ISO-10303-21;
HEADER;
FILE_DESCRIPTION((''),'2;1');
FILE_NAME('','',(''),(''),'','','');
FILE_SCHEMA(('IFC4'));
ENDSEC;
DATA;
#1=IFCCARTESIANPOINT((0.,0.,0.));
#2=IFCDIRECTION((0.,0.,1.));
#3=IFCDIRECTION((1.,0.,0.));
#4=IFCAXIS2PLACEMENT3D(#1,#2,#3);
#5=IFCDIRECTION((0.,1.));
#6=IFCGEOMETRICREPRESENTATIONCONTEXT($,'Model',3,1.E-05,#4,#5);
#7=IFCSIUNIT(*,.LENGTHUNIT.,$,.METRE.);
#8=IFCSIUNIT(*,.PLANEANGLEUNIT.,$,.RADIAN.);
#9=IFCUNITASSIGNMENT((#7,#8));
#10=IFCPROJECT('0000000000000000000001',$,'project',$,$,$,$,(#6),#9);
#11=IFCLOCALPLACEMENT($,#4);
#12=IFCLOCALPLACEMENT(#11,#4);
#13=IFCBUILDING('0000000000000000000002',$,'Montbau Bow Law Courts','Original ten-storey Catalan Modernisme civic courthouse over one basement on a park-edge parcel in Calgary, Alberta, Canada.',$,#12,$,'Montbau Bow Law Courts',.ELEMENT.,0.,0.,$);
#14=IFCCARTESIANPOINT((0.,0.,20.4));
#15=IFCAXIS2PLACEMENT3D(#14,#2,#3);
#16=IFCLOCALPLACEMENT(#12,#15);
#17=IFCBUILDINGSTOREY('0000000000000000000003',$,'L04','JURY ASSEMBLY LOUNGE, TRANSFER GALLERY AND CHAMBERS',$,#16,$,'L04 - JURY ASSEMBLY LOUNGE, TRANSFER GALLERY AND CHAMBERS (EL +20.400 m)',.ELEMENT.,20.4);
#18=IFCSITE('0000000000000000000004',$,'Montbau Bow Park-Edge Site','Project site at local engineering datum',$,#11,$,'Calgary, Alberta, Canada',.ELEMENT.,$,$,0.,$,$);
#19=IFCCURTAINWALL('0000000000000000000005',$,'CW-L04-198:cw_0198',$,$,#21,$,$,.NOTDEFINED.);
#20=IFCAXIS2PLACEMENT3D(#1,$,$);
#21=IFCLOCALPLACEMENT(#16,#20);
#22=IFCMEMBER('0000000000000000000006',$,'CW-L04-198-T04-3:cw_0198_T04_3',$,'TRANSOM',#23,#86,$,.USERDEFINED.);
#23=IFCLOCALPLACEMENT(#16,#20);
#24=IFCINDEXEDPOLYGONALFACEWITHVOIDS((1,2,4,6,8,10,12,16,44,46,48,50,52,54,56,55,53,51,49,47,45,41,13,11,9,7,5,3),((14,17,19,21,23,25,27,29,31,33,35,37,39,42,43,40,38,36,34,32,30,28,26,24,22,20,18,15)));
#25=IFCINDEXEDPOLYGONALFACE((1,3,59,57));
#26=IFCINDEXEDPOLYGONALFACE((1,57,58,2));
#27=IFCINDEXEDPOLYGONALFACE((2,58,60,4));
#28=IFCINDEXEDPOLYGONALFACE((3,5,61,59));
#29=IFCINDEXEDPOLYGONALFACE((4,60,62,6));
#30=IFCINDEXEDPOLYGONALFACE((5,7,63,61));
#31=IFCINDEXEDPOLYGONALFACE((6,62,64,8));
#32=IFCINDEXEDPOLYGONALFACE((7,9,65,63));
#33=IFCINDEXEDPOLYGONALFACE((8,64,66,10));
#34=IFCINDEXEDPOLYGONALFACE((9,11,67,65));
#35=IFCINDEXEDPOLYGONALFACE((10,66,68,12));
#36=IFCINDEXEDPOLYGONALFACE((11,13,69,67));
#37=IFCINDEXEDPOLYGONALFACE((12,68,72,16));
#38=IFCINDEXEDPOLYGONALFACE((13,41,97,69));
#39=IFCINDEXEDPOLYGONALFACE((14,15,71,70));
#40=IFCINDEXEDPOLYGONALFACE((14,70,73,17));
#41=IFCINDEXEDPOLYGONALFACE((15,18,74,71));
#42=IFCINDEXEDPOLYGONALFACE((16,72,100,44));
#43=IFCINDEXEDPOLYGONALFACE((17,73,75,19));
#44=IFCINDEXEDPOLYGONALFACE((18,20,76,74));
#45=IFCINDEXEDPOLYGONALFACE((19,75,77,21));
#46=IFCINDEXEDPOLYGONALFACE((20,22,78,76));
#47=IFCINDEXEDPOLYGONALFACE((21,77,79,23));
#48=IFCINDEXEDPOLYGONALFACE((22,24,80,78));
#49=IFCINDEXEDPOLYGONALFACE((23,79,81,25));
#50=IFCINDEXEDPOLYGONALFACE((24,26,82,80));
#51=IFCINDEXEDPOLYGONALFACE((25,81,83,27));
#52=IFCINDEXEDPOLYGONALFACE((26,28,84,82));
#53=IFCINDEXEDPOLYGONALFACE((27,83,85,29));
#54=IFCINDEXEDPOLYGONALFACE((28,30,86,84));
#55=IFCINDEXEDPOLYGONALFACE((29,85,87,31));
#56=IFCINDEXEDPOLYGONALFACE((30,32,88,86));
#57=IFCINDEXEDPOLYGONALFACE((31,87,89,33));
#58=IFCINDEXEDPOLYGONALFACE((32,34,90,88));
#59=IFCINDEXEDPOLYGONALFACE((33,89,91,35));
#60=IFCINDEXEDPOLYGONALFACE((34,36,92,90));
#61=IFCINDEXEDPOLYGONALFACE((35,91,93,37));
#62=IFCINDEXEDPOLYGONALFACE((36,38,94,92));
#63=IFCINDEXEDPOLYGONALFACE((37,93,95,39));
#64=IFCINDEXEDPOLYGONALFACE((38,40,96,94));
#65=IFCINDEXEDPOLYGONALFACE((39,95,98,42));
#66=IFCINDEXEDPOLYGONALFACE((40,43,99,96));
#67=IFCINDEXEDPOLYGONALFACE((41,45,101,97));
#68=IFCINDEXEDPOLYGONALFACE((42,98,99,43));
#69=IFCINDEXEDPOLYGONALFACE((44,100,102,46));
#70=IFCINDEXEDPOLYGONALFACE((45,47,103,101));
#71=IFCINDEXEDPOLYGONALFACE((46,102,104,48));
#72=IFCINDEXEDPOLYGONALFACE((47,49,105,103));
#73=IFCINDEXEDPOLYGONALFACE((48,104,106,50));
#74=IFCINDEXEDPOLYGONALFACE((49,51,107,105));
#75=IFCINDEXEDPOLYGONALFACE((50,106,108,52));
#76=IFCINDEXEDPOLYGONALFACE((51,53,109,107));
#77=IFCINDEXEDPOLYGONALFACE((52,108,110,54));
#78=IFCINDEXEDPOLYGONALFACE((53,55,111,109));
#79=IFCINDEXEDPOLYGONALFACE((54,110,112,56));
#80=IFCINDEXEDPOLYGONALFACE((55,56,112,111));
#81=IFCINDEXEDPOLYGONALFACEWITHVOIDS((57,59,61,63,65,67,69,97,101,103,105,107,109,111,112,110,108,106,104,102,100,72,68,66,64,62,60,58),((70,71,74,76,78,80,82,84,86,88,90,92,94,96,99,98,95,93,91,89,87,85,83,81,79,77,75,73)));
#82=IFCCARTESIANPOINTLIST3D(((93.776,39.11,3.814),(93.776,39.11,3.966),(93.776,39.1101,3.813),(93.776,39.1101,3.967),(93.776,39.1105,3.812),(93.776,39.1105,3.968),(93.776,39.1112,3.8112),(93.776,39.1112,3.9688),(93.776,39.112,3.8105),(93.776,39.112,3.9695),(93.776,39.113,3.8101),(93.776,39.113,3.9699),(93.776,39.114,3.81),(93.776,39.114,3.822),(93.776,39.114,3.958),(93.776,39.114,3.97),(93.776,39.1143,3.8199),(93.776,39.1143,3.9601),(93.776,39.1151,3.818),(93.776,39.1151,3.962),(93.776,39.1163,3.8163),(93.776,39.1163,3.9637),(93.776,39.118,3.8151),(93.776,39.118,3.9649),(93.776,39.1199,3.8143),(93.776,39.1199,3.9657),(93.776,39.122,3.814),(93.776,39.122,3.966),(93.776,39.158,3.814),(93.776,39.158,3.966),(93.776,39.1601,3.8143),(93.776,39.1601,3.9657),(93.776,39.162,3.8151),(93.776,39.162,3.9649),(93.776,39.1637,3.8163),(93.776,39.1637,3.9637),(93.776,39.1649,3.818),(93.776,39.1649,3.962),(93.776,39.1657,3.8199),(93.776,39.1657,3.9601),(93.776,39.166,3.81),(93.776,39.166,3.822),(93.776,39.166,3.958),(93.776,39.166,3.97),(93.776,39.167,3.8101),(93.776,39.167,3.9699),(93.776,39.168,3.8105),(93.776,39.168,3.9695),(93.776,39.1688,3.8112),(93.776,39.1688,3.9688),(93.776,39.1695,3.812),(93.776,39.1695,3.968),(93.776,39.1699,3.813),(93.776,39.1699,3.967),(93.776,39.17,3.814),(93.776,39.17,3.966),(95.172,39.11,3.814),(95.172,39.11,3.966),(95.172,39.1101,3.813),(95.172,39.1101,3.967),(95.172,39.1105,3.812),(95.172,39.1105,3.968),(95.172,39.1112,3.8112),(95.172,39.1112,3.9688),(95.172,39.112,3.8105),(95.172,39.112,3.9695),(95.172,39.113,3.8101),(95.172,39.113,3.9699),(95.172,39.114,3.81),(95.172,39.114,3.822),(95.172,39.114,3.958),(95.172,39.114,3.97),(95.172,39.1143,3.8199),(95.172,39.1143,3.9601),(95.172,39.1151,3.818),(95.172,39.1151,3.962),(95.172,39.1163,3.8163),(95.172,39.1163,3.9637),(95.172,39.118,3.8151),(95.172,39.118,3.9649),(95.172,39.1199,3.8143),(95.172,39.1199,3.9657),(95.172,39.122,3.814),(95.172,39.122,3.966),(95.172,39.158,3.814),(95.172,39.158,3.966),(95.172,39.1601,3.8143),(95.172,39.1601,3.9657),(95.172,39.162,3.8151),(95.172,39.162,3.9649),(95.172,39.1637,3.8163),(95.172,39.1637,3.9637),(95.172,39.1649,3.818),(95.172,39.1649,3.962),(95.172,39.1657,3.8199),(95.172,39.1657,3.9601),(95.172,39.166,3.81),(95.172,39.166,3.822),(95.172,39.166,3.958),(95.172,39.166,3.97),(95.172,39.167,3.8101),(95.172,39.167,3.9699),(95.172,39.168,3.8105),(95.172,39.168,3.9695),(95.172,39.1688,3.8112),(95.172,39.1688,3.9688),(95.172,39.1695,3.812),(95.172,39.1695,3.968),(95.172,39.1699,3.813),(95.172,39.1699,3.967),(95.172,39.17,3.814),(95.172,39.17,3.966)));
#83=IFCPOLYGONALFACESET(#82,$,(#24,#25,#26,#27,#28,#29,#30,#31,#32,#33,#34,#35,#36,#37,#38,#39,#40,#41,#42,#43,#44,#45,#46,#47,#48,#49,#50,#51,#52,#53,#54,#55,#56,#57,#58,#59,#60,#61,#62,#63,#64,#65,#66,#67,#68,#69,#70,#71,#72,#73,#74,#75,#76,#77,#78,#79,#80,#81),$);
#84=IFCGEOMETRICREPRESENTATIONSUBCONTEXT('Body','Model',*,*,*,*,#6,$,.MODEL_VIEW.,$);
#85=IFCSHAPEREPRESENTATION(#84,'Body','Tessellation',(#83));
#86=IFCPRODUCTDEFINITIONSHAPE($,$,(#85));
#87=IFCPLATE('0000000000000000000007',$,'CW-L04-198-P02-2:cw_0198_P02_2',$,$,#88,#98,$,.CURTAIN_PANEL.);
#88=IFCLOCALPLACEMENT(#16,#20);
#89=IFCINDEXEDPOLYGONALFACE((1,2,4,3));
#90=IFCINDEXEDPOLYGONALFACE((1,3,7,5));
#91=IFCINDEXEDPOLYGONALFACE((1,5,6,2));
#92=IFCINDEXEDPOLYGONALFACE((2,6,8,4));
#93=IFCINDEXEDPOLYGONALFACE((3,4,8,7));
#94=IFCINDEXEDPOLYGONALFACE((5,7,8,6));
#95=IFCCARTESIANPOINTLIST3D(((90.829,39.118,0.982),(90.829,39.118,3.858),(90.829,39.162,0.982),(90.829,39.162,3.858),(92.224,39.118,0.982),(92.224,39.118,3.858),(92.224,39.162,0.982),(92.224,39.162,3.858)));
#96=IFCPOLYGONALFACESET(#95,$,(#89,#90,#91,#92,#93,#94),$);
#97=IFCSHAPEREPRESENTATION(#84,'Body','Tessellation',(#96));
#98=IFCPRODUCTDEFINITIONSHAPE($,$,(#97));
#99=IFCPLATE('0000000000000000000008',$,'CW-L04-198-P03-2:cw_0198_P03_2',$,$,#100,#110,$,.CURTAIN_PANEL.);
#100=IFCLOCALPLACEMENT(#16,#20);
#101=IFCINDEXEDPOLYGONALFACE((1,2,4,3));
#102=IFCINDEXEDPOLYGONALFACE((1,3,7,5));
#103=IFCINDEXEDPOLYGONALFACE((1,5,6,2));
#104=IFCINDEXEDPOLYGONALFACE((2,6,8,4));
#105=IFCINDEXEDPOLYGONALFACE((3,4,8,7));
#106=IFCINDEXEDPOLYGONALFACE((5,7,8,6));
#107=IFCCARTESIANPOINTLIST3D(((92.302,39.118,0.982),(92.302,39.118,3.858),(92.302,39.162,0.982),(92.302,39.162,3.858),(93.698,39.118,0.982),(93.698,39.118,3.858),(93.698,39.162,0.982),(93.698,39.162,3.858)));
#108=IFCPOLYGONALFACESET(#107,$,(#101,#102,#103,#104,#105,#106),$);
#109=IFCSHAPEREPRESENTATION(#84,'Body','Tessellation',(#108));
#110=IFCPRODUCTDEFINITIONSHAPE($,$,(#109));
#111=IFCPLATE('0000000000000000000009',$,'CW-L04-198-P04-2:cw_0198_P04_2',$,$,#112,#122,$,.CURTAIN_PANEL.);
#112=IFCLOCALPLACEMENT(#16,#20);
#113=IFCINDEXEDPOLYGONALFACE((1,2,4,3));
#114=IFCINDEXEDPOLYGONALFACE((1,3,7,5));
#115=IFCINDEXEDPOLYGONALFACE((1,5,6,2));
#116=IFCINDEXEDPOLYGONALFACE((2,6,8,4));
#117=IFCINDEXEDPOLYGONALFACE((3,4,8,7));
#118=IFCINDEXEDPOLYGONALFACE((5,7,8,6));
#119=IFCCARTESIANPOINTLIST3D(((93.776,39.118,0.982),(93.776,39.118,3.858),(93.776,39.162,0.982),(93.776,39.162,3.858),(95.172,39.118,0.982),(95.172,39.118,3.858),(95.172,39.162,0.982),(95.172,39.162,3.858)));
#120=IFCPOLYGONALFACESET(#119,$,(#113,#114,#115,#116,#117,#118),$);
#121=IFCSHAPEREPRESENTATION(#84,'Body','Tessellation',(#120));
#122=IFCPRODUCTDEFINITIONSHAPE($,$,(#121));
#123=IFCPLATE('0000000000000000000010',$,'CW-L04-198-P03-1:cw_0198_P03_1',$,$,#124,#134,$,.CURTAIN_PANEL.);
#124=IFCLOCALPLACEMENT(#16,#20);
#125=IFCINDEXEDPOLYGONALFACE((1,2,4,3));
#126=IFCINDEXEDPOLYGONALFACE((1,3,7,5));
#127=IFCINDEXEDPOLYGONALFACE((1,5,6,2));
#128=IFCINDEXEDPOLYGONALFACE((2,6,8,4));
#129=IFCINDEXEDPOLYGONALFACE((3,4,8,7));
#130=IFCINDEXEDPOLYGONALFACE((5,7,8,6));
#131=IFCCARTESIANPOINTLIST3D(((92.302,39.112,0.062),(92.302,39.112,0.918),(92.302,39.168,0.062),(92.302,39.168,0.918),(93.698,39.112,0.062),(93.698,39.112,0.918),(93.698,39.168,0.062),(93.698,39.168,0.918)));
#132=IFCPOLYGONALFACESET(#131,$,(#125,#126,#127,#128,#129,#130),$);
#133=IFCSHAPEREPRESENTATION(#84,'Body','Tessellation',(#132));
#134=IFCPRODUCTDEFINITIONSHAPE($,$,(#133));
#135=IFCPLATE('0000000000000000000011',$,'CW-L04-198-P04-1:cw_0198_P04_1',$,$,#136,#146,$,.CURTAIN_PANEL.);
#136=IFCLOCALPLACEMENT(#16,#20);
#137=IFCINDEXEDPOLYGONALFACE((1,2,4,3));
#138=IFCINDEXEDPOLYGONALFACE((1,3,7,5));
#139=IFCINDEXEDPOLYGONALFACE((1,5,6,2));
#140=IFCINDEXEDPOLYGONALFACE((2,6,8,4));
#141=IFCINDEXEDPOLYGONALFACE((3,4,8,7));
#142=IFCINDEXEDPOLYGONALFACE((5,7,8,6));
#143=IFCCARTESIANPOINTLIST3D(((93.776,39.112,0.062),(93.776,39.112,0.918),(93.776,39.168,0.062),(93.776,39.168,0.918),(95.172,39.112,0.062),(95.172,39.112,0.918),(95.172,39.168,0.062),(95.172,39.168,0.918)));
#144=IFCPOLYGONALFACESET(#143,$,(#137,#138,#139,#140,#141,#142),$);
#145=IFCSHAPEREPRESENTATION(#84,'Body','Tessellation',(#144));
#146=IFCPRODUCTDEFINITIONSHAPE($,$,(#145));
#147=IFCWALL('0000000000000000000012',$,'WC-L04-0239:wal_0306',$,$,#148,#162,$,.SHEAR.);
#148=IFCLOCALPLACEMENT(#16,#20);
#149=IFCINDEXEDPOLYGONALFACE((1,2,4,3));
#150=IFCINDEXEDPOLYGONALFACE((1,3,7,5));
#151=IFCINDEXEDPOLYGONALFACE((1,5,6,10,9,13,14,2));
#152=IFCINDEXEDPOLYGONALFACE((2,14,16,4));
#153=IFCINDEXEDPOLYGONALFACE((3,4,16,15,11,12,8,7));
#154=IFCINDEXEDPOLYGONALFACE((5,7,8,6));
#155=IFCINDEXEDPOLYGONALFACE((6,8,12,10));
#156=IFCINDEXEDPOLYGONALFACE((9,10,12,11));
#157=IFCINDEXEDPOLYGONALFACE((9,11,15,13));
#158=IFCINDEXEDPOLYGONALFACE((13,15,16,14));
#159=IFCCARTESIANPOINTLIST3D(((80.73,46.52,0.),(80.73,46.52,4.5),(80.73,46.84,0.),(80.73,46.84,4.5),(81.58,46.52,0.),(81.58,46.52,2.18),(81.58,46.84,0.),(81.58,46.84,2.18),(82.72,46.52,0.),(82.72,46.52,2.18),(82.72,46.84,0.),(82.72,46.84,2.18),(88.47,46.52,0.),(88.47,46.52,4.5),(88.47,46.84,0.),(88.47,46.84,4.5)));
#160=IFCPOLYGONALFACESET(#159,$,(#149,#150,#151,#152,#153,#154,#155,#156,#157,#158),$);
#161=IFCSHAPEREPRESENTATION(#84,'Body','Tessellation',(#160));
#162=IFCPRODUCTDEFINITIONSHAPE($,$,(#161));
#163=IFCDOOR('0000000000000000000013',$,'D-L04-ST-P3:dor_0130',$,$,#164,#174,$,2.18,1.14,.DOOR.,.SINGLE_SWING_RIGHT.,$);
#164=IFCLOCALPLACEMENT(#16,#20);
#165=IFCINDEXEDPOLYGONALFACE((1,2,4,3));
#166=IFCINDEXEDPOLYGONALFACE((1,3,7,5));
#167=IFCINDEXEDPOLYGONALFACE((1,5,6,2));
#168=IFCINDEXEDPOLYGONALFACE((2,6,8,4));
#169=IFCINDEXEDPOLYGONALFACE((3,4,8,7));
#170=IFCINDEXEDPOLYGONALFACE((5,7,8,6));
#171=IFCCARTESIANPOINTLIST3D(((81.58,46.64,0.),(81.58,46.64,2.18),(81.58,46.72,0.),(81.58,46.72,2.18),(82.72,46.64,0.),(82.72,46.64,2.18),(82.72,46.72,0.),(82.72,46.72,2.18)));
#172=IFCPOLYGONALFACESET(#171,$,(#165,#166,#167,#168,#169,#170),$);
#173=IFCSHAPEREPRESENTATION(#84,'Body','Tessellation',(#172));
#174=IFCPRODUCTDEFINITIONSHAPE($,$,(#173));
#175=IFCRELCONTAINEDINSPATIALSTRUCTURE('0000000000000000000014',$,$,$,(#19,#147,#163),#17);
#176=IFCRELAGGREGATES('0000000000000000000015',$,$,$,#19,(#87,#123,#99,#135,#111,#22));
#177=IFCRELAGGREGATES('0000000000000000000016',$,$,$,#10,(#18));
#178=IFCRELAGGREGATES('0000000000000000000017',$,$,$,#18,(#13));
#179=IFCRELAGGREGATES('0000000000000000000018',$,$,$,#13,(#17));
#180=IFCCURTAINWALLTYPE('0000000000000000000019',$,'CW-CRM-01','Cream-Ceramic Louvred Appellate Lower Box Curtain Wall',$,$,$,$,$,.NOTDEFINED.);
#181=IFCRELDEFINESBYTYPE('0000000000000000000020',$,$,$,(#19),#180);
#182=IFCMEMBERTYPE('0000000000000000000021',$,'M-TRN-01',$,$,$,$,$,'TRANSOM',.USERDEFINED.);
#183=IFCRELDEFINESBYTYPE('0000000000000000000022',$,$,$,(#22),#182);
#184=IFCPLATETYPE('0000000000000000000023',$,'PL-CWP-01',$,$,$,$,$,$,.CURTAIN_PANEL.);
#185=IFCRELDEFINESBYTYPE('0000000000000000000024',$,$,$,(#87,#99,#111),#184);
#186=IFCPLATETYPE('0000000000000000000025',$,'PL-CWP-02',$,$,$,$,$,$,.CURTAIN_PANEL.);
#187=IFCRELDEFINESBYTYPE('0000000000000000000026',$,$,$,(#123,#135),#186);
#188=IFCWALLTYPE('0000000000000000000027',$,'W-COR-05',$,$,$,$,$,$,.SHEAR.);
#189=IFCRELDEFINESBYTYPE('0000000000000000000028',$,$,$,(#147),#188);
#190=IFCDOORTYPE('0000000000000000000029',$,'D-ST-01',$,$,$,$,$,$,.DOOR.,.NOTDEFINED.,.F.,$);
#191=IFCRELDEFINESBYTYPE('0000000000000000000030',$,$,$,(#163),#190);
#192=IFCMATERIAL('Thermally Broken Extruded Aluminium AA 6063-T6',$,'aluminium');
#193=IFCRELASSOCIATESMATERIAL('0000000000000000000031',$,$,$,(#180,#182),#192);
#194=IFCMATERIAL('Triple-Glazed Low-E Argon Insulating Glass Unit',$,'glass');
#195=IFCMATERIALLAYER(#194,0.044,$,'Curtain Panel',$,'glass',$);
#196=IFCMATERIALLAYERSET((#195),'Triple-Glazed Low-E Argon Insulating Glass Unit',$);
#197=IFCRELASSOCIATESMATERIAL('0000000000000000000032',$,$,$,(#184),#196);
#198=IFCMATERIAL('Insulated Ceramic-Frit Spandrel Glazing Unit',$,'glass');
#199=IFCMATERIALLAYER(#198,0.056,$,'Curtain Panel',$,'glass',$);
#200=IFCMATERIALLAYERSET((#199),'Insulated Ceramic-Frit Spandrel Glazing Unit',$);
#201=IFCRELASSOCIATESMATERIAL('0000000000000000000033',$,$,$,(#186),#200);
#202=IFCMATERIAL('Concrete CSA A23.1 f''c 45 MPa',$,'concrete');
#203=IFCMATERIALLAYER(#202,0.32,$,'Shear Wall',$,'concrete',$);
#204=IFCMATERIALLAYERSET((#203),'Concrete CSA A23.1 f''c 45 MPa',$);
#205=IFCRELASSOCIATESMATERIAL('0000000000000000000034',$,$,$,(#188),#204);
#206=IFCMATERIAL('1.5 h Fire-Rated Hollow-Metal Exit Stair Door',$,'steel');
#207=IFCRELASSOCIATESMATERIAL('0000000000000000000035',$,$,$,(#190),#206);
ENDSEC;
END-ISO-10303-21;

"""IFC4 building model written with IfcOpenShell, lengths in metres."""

from ifc_helpers import new_model, si_unit, direction, frame, frame_2d, origin_with_axes, origin_2d_with_axis, place, context, subcontext, project, spatial, rectangle, hollow_rectangle, extrude, material, layer, layer_set, material_profile, profile_set, type_object, element, fill, aggregate, save


model = new_model("IFC4")

# Units and contexts
model_context = context("Model", 3, precision=1e-05, world=origin_with_axes(), true_north=direction((0.0, 1.0)))
body_context = subcontext(model_context, "Body", "Model", "MODEL_VIEW")
ifc_project = project(units=[si_unit("LENGTHUNIT", "METRE"), si_unit("PLANEANGLEUNIT", "RADIAN")], contexts=[model_context])

# Site, building, storey
site_placement = place(None, origin_with_axes())
site = spatial("IfcSite", under=ifc_project, at=site_placement, Name="Montbau Bow Park-Edge Site", Description="Project site at local engineering datum", LongName="Calgary, Alberta, Canada", CompositionType="ELEMENT", RefElevation=0.0)
building_placement = place(site_placement, origin_with_axes())
building = spatial("IfcBuilding", under=site, at=building_placement, Name="Montbau Bow Law Courts", Description="Original ten-storey Catalan Modernisme civic courthouse over one basement on a park-edge parcel in Calgary, Alberta, Canada.", LongName="Montbau Bow Law Courts", CompositionType="ELEMENT", ElevationOfRefHeight=0.0, ElevationOfTerrain=0.0)
storey_placement = place(building_placement, frame((0.0, 0.0, 20.4), z_axis=(0.0, 0.0, 1.0), x_axis=(1.0, 0.0, 0.0)))
storey = spatial("IfcBuildingStorey", under=building, at=storey_placement, Name="L04", Description="JURY ASSEMBLY LOUNGE, TRANSFER GALLERY AND CHAMBERS", LongName="L04 - JURY ASSEMBLY LOUNGE, TRANSFER GALLERY AND CHAMBERS (EL +20.400 m)", CompositionType="ELEMENT", Elevation=20.4)

# Curtain wall, member, plates
ifc_material_1 = material(Name="Thermally Broken Extruded Aluminium AA 6063-T6", Category="aluminium")
curtain_wall_type = type_object("IfcCurtainWallType", Name="CW-CRM-01", Description="Cream-Ceramic Louvred Appellate Lower Box Curtain Wall", PredefinedType="NOTDEFINED", material=ifc_material_1)
curtain_wall_placement = place(None, frame((89.315, 39.14, 20.4), z_axis=(0.0, 0.0, 1.0), x_axis=(1.0, 0.0, 0.0)))
curtain_wall = element("IfcCurtainWall", 1, at=curtain_wall_placement, inside=storey, type_object=curtain_wall_type, Name="CW-L04-198:cw_0198", PredefinedType="NOTDEFINED")
ifc_material_profile_1 = material_profile(ifc_material_1, hollow_rectangle(XDim=0.06, YDim=0.16, WallThickness=0.004, InnerFilletRadius=0.008, OuterFilletRadius=0.004, at=origin_2d_with_axis()), Name="CWT-160X60", Category="Main", Priority=0)
ifc_profile_set_1 = profile_set([ifc_material_profile_1], Name="Thermally Broken Extruded Aluminium AA 6063-T6")
member_type_1 = type_object("IfcMemberType", Name="M-TRN-01", ElementType="TRANSOM", PredefinedType="USERDEFINED", material=ifc_profile_set_1)
member_1_placement = place(None, frame((93.776, 39.14, 24.29), z_axis=(1.0, 0.0, 0.0), x_axis=(0.0, 1.0, 0.0)))
member_1 = element("IfcMember", 2, at=member_1_placement, type_object=member_type_1, Name="CW-L04-198-T04-3:cw_0198_T04_3", ObjectType="TRANSOM", PredefinedType="USERDEFINED", context=body_context, shape_type="SweptSolid", body=[
    extrude(hollow_rectangle(XDim=0.06, YDim=0.16, WallThickness=0.004, InnerFilletRadius=0.008, OuterFilletRadius=0.004, at=origin_2d_with_axis()), origin_with_axes(), (0.0, 0.0, 1.0), 1.396),
])
ifc_material_2 = material(Name="Triple-Glazed Low-E Argon Insulating Glass Unit", Category="glass")
ifc_layer_1 = layer(ifc_material_2, 0.044, Name="Curtain Panel", Category="glass")
ifc_layer_set_1 = layer_set([ifc_layer_1], Name="Triple-Glazed Low-E Argon Insulating Glass Unit")
plate_type_1 = type_object("IfcPlateType", Name="PL-CWP-01", PredefinedType="CURTAIN_PANEL", material=ifc_layer_set_1)
plate_1_placement = place(None, frame((90.829, 39.14, 21.382), z_axis=(0.0, -1.0, 0.0), x_axis=(1.0, 0.0, 0.0)))
plate_1 = element("IfcPlate", 3, at=plate_1_placement, type_object=plate_type_1, Name="CW-L04-198-P02-2:cw_0198_P02_2", PredefinedType="CURTAIN_PANEL", context=body_context, shape_type="SweptSolid", body=[
    extrude(rectangle(XDim=1.395, YDim=2.876, at=frame_2d((0.6975, 1.438), x_axis=(1.0, 0.0))), frame((0.0, 0.0, -0.022), z_axis=(0.0, 0.0, 1.0), x_axis=(1.0, 0.0, 0.0)), (0.0, 0.0, 1.0), 0.044),
])
plate_2_placement = place(None, frame((92.302, 39.14, 21.382), z_axis=(0.0, -1.0, 0.0), x_axis=(1.0, 0.0, 0.0)))
plate_2 = element("IfcPlate", 4, at=plate_2_placement, type_object=plate_type_1, Name="CW-L04-198-P03-2:cw_0198_P03_2", PredefinedType="CURTAIN_PANEL", context=body_context, shape_type="SweptSolid", body=[
    extrude(rectangle(XDim=1.396, YDim=2.876, at=frame_2d((0.698, 1.438), x_axis=(1.0, 0.0))), frame((0.0, 0.0, -0.022), z_axis=(0.0, 0.0, 1.0), x_axis=(1.0, 0.0, 0.0)), (0.0, 0.0, 1.0), 0.044),
])
plate_3_placement = place(None, frame((93.776, 39.14, 21.382), z_axis=(0.0, -1.0, 0.0), x_axis=(1.0, 0.0, 0.0)))
plate_3 = element("IfcPlate", 5, at=plate_3_placement, type_object=plate_type_1, Name="CW-L04-198-P04-2:cw_0198_P04_2", PredefinedType="CURTAIN_PANEL", context=body_context, shape_type="SweptSolid", body=[
    extrude(rectangle(XDim=1.396, YDim=2.876, at=frame_2d((0.698, 1.438), x_axis=(1.0, 0.0))), frame((0.0, 0.0, -0.022), z_axis=(0.0, 0.0, 1.0), x_axis=(1.0, 0.0, 0.0)), (0.0, 0.0, 1.0), 0.044),
])
ifc_material_3 = material(Name="Insulated Ceramic-Frit Spandrel Glazing Unit", Category="glass")
ifc_layer_2 = layer(ifc_material_3, 0.056, Name="Curtain Panel", Category="glass")
ifc_layer_set_2 = layer_set([ifc_layer_2], Name="Insulated Ceramic-Frit Spandrel Glazing Unit")
plate_type_2 = type_object("IfcPlateType", Name="PL-CWP-02", PredefinedType="CURTAIN_PANEL", material=ifc_layer_set_2)
plate_4_placement = place(None, frame((92.302, 39.14, 20.462), z_axis=(0.0, -1.0, 0.0), x_axis=(1.0, 0.0, 0.0)))
plate_4 = element("IfcPlate", 6, at=plate_4_placement, type_object=plate_type_2, Name="CW-L04-198-P03-1:cw_0198_P03_1", PredefinedType="CURTAIN_PANEL", context=body_context, shape_type="SweptSolid", body=[
    extrude(rectangle(XDim=1.396, YDim=0.856, at=frame_2d((0.698, 0.428), x_axis=(1.0, 0.0))), frame((0.0, 0.0, -0.028), z_axis=(0.0, 0.0, 1.0), x_axis=(1.0, 0.0, 0.0)), (0.0, 0.0, 1.0), 0.056),
])
plate_5_placement = place(None, frame((93.776, 39.14, 20.462), z_axis=(0.0, -1.0, 0.0), x_axis=(1.0, 0.0, 0.0)))
plate_5 = element("IfcPlate", 7, at=plate_5_placement, type_object=plate_type_2, Name="CW-L04-198-P04-1:cw_0198_P04_1", PredefinedType="CURTAIN_PANEL", context=body_context, shape_type="SweptSolid", body=[
    extrude(rectangle(XDim=1.396, YDim=0.856, at=frame_2d((0.698, 0.428), x_axis=(1.0, 0.0))), frame((0.0, 0.0, -0.028), z_axis=(0.0, 0.0, 1.0), x_axis=(1.0, 0.0, 0.0)), (0.0, 0.0, 1.0), 0.056),
])
aggregate(curtain_wall, [plate_1, plate_4, plate_2, plate_5, plate_3, member_1])

# Wall, opening, door
ifc_material_4 = material(Name="Concrete CSA A23.1 f'c 45 MPa", Category="concrete")
ifc_layer_3 = layer(ifc_material_4, 0.32, Name="Shear Wall", Category="concrete")
ifc_layer_set_3 = layer_set([ifc_layer_3], Name="Concrete CSA A23.1 f'c 45 MPa")
wall_type_1 = type_object("IfcWallType", Name="W-COR-05", PredefinedType="SHEAR", material=ifc_layer_set_3)
wall_1_placement = place(None, frame((80.73, 46.68, 20.4), z_axis=(0.0, 0.0, 1.0), x_axis=(1.0, 0.0, 0.0)))
wall_1 = element("IfcWall", 8, at=wall_1_placement, inside=storey, type_object=wall_type_1, Name="WC-L04-0239:wal_0306", PredefinedType="SHEAR", context=body_context, shape_type="SweptSolid", body=[
    extrude(rectangle(XDim=7.74, YDim=0.32, at=frame_2d((3.87, 0.0), x_axis=(1.0, 0.0))), origin_with_axes(), (0.0, 0.0, 1.0), 4.5),
])
opening_1_placement = place(None, frame((82.15, 46.68, 20.4), z_axis=(0.0, 0.0, 1.0), x_axis=(1.0, 0.0, 0.0)))
opening_1 = element("IfcOpeningElement", 9, at=opening_1_placement, cuts=wall_1, PredefinedType="OPENING", context=body_context, shape_type="SweptSolid", body=[
    extrude(rectangle(XDim=1.14, YDim=2.18, at=frame_2d((0.0, 1.09), x_axis=(1.0, 0.0))), frame((0.0, 0.17, 0.0), z_axis=(0.0, -1.0, 0.0), x_axis=(1.0, 0.0, 0.0)), (0.0, 0.0, 1.0), 0.34),
])
ifc_material_5 = material(Name="1.5 h Fire-Rated Hollow-Metal Exit Stair Door", Category="steel")
door_type_1 = type_object("IfcDoorType", Name="D-ST-01", OperationType="NOTDEFINED", ParameterTakesPrecedence=False, PredefinedType="DOOR", material=ifc_material_5)
door_1_placement = place(None, frame((82.15, 46.68, 20.4), z_axis=(0.0, 0.0, 1.0), x_axis=(-1.0, 0.0, 0.0)))
door_1 = element("IfcDoor", 10, at=door_1_placement, inside=storey, type_object=door_type_1, Name="D-L04-ST-P3:dor_0130", OperationType="SINGLE_SWING_RIGHT", OverallHeight=2.18, OverallWidth=1.14, PredefinedType="DOOR", context=body_context, shape_type="SweptSolid", body=[
    extrude(rectangle(XDim=1.14, YDim=2.18, at=frame_2d((0.0, 1.09), x_axis=(1.0, 0.0))), frame((0.0, 0.04, 0.0), z_axis=(0.0, -1.0, 0.0), x_axis=(1.0, 0.0, 0.0)), (0.0, 0.0, 1.0), 0.08),
])
fill(opening_1, door_1)

save(model, "model.ifc")
